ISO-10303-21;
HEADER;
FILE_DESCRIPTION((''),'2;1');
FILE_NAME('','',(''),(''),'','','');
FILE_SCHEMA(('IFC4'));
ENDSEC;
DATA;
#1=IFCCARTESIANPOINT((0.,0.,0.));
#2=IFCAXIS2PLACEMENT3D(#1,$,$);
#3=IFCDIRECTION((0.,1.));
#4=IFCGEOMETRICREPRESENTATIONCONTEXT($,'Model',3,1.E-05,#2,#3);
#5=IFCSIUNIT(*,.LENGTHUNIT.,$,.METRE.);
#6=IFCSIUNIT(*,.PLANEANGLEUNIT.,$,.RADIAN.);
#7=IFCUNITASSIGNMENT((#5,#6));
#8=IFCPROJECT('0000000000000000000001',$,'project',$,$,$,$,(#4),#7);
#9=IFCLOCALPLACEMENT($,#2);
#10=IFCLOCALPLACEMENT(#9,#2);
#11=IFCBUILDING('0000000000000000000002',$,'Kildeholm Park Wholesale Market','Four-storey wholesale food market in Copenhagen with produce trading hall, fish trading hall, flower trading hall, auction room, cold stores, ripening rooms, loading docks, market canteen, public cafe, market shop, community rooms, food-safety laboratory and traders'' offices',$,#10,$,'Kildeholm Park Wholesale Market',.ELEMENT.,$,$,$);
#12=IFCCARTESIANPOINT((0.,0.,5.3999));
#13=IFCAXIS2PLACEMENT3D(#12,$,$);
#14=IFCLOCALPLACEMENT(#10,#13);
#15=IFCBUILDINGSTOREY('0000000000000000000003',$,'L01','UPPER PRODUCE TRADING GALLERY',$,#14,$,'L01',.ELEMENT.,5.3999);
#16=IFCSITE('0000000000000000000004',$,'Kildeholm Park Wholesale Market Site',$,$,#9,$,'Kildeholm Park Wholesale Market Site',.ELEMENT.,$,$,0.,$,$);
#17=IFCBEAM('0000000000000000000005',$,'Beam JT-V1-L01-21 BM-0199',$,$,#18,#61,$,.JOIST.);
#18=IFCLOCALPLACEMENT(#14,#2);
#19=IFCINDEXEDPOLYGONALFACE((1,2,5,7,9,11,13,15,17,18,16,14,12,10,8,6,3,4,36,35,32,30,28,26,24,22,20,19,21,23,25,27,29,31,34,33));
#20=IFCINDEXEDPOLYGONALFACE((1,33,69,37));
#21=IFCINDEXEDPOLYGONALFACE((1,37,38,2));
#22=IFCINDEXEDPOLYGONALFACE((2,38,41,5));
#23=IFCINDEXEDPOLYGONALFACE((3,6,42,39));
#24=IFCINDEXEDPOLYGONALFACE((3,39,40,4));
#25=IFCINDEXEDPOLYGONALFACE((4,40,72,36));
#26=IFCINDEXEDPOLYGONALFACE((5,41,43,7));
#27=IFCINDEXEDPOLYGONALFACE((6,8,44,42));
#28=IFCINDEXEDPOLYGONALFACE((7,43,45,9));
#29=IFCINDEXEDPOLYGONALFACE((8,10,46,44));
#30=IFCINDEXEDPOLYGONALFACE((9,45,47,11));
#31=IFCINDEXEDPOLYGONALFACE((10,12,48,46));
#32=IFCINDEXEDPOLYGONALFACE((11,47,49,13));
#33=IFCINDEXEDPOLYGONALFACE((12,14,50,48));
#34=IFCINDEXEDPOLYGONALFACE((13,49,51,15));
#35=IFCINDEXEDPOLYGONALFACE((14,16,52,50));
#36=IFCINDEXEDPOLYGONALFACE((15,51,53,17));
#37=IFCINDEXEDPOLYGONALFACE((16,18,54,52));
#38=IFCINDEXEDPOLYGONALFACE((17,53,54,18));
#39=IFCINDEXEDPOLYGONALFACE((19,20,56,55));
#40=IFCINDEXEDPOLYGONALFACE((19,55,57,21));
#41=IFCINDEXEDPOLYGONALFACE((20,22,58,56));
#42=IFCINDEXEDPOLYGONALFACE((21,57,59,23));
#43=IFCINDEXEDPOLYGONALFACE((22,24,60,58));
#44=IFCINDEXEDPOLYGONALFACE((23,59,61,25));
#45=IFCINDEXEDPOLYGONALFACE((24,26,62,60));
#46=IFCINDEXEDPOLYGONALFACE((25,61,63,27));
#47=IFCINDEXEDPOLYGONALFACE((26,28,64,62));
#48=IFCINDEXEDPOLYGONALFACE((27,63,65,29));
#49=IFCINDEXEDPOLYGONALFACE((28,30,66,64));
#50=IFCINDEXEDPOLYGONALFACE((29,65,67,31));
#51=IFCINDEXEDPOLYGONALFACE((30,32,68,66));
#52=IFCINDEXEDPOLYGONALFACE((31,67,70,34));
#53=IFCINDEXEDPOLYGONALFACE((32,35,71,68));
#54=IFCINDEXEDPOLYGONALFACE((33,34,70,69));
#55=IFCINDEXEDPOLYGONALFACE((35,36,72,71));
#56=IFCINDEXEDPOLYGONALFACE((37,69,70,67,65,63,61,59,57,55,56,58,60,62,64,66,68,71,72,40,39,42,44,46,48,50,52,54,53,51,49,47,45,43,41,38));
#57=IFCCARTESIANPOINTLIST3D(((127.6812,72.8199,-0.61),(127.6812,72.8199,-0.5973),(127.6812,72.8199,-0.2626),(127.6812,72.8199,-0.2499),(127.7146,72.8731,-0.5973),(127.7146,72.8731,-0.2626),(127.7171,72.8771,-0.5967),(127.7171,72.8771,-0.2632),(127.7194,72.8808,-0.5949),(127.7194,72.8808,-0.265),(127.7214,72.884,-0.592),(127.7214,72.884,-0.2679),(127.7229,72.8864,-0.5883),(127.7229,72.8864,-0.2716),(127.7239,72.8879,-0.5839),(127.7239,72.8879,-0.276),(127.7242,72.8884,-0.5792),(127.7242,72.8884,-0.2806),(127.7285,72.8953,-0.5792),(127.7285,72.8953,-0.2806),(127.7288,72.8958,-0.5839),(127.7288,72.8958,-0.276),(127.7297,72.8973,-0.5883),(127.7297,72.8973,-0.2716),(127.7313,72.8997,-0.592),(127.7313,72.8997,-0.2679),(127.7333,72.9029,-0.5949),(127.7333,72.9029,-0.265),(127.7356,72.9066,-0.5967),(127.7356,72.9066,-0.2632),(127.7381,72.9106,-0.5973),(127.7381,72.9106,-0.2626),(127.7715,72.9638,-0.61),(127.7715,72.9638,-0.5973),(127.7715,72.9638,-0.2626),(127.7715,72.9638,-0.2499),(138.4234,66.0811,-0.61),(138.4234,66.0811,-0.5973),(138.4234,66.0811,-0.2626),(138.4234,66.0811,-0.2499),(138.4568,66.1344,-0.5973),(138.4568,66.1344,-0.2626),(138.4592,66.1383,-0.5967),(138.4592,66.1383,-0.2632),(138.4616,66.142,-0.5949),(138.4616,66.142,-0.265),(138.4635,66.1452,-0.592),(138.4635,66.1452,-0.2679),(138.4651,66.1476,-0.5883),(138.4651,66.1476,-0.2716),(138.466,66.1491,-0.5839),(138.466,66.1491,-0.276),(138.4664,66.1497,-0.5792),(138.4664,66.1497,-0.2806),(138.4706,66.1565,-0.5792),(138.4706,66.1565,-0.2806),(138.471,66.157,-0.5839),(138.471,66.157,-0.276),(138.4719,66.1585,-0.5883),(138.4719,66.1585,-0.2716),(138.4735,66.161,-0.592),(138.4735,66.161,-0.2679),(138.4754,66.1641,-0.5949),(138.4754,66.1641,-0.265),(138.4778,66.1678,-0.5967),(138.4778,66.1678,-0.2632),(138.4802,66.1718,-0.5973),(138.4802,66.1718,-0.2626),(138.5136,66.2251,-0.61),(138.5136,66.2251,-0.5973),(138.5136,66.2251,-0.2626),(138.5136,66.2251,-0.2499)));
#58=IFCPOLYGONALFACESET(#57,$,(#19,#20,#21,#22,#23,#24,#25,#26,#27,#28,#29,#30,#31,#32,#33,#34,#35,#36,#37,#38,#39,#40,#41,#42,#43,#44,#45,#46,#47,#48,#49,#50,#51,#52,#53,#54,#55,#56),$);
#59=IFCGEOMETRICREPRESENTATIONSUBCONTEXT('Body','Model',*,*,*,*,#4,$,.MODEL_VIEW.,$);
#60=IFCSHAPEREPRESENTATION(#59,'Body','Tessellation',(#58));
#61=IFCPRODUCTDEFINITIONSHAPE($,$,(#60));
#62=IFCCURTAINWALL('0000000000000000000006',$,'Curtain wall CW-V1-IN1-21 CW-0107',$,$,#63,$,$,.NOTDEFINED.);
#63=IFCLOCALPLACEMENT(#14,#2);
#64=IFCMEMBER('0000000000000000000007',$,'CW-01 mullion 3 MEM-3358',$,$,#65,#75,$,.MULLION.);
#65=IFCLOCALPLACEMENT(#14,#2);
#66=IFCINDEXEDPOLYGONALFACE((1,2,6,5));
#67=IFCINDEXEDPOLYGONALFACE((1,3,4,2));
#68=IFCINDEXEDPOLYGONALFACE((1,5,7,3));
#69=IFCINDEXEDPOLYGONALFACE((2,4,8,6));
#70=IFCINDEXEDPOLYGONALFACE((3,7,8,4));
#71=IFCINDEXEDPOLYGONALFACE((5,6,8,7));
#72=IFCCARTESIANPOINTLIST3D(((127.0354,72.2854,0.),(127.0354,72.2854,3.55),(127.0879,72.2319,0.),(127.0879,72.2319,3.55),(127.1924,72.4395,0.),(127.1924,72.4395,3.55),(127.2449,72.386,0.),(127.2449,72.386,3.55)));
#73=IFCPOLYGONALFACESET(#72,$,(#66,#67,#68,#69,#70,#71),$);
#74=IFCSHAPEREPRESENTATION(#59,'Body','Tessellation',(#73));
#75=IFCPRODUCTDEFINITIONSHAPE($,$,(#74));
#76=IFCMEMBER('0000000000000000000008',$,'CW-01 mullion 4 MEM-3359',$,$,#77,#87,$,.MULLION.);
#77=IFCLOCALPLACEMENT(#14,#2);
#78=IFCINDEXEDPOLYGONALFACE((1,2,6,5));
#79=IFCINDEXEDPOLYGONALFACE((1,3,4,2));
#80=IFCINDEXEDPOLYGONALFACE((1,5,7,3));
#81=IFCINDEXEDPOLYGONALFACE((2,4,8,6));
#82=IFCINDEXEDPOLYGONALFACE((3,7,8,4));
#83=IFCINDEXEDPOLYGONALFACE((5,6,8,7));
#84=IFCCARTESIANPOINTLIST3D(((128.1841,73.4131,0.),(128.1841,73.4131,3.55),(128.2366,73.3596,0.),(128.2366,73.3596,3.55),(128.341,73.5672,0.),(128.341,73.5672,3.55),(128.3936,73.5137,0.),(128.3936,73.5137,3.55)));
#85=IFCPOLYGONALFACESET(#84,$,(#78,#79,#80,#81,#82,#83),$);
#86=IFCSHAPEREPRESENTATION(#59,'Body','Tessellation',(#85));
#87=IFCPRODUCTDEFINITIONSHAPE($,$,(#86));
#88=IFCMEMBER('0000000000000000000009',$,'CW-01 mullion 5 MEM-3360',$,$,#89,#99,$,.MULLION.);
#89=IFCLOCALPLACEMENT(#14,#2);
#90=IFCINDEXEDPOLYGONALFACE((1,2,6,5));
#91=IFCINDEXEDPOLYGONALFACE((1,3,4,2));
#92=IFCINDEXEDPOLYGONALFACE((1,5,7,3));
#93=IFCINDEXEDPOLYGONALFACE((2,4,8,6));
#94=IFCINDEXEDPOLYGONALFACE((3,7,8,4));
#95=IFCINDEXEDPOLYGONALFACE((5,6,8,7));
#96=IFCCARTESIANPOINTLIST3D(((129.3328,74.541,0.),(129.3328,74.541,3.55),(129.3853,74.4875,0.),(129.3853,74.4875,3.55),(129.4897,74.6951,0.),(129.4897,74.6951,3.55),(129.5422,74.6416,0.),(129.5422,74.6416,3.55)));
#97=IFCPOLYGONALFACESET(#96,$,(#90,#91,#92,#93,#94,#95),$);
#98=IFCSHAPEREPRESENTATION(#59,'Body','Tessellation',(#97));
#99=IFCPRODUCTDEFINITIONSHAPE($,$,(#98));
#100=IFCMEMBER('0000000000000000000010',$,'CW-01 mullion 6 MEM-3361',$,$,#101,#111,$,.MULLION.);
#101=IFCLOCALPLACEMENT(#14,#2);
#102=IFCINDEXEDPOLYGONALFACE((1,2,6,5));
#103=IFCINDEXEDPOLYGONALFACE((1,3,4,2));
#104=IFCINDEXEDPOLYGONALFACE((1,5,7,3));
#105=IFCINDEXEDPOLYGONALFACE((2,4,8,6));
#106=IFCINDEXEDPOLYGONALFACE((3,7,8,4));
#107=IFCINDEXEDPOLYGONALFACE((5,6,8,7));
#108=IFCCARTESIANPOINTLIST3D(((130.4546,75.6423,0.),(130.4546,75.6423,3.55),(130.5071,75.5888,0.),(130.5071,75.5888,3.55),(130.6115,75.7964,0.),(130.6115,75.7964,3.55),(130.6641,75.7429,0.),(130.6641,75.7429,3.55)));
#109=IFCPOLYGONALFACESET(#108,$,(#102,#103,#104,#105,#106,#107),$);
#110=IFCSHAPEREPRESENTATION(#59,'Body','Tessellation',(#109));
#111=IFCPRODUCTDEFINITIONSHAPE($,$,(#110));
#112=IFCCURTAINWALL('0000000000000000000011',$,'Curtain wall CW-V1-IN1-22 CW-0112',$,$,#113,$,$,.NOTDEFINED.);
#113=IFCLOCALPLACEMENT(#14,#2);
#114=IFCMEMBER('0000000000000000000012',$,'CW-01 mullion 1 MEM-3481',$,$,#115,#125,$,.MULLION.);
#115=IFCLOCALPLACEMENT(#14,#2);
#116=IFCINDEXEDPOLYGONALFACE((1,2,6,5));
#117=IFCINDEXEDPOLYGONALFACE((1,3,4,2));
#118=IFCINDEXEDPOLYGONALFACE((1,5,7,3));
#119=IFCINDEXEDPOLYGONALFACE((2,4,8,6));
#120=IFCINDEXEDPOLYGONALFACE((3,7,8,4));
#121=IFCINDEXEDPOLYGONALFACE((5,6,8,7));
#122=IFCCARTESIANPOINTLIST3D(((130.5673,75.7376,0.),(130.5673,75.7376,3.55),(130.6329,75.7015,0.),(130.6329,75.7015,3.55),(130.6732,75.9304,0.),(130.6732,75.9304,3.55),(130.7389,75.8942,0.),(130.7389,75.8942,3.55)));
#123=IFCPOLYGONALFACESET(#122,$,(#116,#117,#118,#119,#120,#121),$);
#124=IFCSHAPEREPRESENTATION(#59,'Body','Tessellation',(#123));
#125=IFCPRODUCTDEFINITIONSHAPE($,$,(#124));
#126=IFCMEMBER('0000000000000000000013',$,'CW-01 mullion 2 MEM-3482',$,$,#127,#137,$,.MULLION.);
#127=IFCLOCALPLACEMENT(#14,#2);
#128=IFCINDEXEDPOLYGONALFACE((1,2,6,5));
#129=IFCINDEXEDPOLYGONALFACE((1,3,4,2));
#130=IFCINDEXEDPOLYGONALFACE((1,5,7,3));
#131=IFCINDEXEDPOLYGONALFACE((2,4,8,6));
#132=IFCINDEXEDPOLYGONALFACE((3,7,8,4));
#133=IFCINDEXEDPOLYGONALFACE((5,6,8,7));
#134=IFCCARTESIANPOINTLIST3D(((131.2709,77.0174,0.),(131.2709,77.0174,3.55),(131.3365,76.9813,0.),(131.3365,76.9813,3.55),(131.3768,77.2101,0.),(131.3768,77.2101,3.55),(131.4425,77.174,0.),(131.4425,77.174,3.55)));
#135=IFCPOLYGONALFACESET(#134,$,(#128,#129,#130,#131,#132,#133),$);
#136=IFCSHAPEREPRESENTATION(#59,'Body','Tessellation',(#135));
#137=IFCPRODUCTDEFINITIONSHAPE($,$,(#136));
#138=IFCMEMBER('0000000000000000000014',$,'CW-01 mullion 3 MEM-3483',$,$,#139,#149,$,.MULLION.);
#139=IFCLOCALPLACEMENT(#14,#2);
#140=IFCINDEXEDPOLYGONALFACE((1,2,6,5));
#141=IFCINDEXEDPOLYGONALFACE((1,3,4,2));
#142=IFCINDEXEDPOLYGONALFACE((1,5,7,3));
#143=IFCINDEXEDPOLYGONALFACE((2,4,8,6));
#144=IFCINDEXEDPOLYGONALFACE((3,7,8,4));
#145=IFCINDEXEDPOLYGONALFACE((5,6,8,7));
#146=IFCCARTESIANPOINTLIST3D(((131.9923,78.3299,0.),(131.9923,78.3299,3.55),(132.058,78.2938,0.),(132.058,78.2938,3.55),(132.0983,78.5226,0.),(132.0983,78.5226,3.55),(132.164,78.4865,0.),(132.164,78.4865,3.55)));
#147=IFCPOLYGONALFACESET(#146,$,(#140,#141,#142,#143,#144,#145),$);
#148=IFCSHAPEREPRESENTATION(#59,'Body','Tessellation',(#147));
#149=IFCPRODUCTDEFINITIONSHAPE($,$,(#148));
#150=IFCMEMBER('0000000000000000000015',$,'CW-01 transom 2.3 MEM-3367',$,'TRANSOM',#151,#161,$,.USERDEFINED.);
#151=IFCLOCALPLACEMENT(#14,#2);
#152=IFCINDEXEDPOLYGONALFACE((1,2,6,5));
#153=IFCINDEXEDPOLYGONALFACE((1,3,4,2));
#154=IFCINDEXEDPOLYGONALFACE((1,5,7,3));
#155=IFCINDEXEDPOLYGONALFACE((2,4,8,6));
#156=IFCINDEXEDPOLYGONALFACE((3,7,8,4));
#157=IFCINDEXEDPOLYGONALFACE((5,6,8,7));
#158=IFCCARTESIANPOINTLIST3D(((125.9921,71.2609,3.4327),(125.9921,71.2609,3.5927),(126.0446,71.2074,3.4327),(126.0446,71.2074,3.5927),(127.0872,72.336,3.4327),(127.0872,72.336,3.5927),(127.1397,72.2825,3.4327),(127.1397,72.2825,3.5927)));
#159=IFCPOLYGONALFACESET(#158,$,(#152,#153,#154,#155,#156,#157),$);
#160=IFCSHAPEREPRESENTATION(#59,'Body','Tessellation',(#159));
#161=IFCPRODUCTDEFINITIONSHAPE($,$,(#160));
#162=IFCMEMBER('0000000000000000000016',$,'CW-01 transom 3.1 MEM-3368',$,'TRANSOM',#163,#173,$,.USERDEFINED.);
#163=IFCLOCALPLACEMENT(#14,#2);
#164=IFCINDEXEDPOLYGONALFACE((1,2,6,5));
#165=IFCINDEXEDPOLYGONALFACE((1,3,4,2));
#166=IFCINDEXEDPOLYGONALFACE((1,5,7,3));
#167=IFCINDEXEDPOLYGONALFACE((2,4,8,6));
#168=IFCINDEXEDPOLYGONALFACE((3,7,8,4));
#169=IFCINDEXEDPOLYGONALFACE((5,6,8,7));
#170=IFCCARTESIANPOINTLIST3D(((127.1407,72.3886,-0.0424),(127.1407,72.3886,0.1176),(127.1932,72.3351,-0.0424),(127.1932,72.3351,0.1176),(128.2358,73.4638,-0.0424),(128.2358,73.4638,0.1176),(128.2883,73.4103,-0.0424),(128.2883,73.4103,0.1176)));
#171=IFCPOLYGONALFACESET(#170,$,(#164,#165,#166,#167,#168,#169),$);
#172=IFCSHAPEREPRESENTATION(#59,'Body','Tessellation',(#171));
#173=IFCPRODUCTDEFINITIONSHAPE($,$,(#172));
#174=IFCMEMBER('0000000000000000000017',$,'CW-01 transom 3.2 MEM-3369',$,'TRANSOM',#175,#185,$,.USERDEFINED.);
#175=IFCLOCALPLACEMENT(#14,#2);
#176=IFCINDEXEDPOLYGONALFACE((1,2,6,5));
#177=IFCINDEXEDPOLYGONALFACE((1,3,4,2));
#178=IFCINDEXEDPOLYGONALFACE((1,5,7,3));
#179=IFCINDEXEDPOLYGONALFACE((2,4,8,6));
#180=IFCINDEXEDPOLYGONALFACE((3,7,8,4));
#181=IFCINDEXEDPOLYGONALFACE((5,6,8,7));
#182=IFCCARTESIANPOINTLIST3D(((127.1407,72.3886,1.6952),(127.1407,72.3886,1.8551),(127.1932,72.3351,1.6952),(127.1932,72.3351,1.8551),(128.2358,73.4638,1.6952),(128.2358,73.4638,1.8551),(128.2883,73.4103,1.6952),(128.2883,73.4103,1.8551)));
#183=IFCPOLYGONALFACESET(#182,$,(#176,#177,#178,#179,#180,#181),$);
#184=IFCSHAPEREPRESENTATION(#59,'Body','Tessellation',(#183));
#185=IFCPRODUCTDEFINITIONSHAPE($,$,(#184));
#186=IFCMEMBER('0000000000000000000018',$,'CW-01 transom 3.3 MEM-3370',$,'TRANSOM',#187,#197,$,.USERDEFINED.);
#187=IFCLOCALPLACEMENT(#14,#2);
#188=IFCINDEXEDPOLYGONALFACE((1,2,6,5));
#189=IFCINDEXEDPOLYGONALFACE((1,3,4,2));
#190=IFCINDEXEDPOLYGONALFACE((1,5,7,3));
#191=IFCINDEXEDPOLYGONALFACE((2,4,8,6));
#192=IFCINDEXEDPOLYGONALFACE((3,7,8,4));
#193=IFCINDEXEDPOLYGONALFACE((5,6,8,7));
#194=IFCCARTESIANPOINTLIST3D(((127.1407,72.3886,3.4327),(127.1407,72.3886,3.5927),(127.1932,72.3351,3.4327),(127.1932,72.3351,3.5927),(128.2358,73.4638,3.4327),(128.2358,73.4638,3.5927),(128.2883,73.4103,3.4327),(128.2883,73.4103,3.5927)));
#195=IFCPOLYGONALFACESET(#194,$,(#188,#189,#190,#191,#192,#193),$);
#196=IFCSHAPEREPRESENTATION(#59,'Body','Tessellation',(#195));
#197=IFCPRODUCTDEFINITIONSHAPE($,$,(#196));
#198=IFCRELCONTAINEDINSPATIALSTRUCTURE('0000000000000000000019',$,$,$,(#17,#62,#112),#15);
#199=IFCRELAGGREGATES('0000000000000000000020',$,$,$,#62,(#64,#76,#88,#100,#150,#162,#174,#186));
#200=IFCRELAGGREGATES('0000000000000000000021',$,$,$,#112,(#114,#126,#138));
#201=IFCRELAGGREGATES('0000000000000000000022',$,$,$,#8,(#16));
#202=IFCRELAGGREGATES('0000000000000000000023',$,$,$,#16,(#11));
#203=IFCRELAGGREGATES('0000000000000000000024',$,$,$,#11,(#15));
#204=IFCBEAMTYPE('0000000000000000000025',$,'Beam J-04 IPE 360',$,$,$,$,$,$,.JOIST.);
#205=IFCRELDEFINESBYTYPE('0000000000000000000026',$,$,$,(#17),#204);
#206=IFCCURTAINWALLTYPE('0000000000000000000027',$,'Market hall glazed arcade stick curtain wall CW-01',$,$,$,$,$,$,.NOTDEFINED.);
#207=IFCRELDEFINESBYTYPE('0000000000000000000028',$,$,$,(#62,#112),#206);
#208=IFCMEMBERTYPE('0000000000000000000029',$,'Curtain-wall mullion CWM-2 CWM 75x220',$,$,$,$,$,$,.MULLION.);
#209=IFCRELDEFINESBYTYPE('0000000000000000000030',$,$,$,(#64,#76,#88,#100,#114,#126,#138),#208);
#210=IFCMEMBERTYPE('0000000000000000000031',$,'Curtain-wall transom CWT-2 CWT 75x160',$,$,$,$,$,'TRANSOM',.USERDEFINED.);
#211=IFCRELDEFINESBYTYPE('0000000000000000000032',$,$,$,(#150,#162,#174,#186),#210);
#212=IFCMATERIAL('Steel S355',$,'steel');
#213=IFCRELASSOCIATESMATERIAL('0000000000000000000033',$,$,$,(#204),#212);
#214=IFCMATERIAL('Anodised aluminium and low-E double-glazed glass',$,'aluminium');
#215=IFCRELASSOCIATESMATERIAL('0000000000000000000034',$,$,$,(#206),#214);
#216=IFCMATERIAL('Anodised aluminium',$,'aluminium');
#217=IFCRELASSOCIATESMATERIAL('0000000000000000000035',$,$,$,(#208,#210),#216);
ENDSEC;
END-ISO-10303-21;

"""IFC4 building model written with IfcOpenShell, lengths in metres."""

from ifc_helpers import new_model, si_unit, direction, frame, origin, origin_2d, place, context, subcontext, project, spatial, rectangle, i_section, extrude, material, material_profile, profile_set, type_object, element, aggregate, save


model = new_model("IFC4")

# Units and contexts
model_context = context("Model", 3, precision=1e-05, world=origin(), true_north=direction((0.0, 1.0)))
body_context = subcontext(model_context, "Body", "Model", "MODEL_VIEW")
ifc_project = project(units=[si_unit("LENGTHUNIT", "METRE"), si_unit("PLANEANGLEUNIT", "RADIAN")], contexts=[model_context])

# Site, building, storey
site_placement = place(None, origin())
site = spatial("IfcSite", under=ifc_project, at=site_placement, Name="Kildeholm Park Wholesale Market Site", LongName="Kildeholm Park Wholesale Market Site", CompositionType="ELEMENT", RefElevation=0.0)
building_placement = place(site_placement, origin())
building = spatial("IfcBuilding", under=site, at=building_placement, Name="Kildeholm Park Wholesale Market", Description="Four-storey wholesale food market in Copenhagen with produce trading hall, fish trading hall, flower trading hall, auction room, cold stores, ripening rooms, loading docks, market canteen, public cafe, market shop, community rooms, food-safety laboratory and traders' offices", LongName="Kildeholm Park Wholesale Market", CompositionType="ELEMENT")
storey_placement = place(building_placement, frame((0.0, 0.0, 5.3999)))
storey = spatial("IfcBuildingStorey", under=building, at=storey_placement, Name="L01", Description="UPPER PRODUCE TRADING GALLERY", LongName="L01", CompositionType="ELEMENT", Elevation=5.3999)

# Shared definitions
ifc_material_1 = material(Name="Steel S355", Category="steel")

# Beam
ifc_material_profile_1 = material_profile(ifc_material_1, i_section(OverallWidth=0.1699, OverallDepth=0.3601, WebThickness=0.0081, FlangeThickness=0.0127, FilletRadius=0.0181, at=origin_2d()), Name="IPE 360")
ifc_profile_set_1 = profile_set([ifc_material_profile_1], Name="Steel S355")
beam_type_1 = type_object("IfcBeamType", Name="Beam J-04 IPE 360", PredefinedType="JOIST", material=ifc_profile_set_1)
beam_1_placement = place(storey_placement, frame((127.7263, 72.8918, -0.4299), z_axis=(0.847115, -0.53141, 0.0), x_axis=(0.53141, 0.847115, 0.0)))
element("IfcBeam", 1, at=beam_1_placement, inside=storey, type_object=beam_type_1, Name="Beam JT-V1-L01-21 BM-0199", PredefinedType="JOIST", context=body_context, shape_type="SweptSolid", body=[
    extrude(i_section(OverallWidth=0.1699, OverallDepth=0.3601, WebThickness=0.0081, FlangeThickness=0.0127, FilletRadius=0.0181, at=origin_2d()), origin(), (0.0, 0.0, 1.0), 12.6809),
])

# Curtain walls, members
ifc_material_2 = material(Name="Anodised aluminium and low-E double-glazed glass", Category="aluminium")
curtain_wall_type = type_object("IfcCurtainWallType", Name="Market hall glazed arcade stick curtain wall CW-01", PredefinedType="NOTDEFINED", material=ifc_material_2)
curtain_wall_1_placement = place(storey_placement, origin())
curtain_wall_1 = element("IfcCurtainWall", 2, at=curtain_wall_1_placement, inside=storey, type_object=curtain_wall_type, Name="Curtain wall CW-V1-IN1-21 CW-0107", PredefinedType="NOTDEFINED")
ifc_material_3 = material(Name="Anodised aluminium", Category="aluminium")
ifc_material_profile_2 = material_profile(ifc_material_3, rectangle(XDim=0.075, YDim=0.22, at=origin_2d()), Name="CWM 75x220")
ifc_profile_set_2 = profile_set([ifc_material_profile_2], Name="Anodised aluminium")
member_type_1 = type_object("IfcMemberType", Name="Curtain-wall mullion CWM-2 CWM 75x220", PredefinedType="MULLION", material=ifc_profile_set_2)
member_1_placement = place(storey_placement, frame((127.1401, 72.3357, 0.0), z_axis=(0.0, 0.0, 1.0), x_axis=(-0.700617, 0.713538, 0.0)))
member_1 = element("IfcMember", 3, at=member_1_placement, type_object=member_type_1, Name="CW-01 mullion 3 MEM-3358", PredefinedType="MULLION", context=body_context, shape_type="SweptSolid", body=[
    extrude(rectangle(XDim=0.075, YDim=0.22, at=origin_2d()), origin(), (0.0, 0.0, 1.0), 3.55),
])
member_2_placement = place(storey_placement, frame((128.2888, 73.4634, 0.0), z_axis=(0.0, 0.0, 1.0), x_axis=(-0.700617, 0.713538, 0.0)))
member_2 = element("IfcMember", 4, at=member_2_placement, type_object=member_type_1, Name="CW-01 mullion 4 MEM-3359", PredefinedType="MULLION", context=body_context, shape_type="SweptSolid", body=[
    extrude(rectangle(XDim=0.075, YDim=0.22, at=origin_2d()), origin(), (0.0, 0.0, 1.0), 3.55),
])
member_3_placement = place(storey_placement, frame((129.4375, 74.5913, 0.0), z_axis=(0.0, 0.0, 1.0), x_axis=(-0.700617, 0.713538, 0.0)))
member_3 = element("IfcMember", 5, at=member_3_placement, type_object=member_type_1, Name="CW-01 mullion 5 MEM-3360", PredefinedType="MULLION", context=body_context, shape_type="SweptSolid", body=[
    extrude(rectangle(XDim=0.075, YDim=0.22, at=origin_2d()), origin(), (0.0, 0.0, 1.0), 3.55),
])
member_4_placement = place(storey_placement, frame((130.5593, 75.6926, 0.0), z_axis=(0.0, 0.0, 1.0), x_axis=(-0.700617, 0.713538, 0.0)))
member_4 = element("IfcMember", 6, at=member_4_placement, type_object=member_type_1, Name="CW-01 mullion 6 MEM-3361", PredefinedType="MULLION", context=body_context, shape_type="SweptSolid", body=[
    extrude(rectangle(XDim=0.075, YDim=0.22, at=origin_2d()), origin(), (0.0, 0.0, 1.0), 3.55),
])
curtain_wall_2_placement = place(storey_placement, origin())
curtain_wall_2 = element("IfcCurtainWall", 7, at=curtain_wall_2_placement, inside=storey, type_object=curtain_wall_type, Name="Curtain wall CW-V1-IN1-22 CW-0112", PredefinedType="NOTDEFINED")
member_5_placement = place(storey_placement, frame((130.6531, 75.8159, 0.0), z_axis=(0.0, 0.0, 1.0), x_axis=(-0.876309, 0.48175, 0.0)))
member_5 = element("IfcMember", 8, at=member_5_placement, type_object=member_type_1, Name="CW-01 mullion 1 MEM-3481", PredefinedType="MULLION", context=body_context, shape_type="SweptSolid", body=[
    extrude(rectangle(XDim=0.075, YDim=0.22, at=origin_2d()), origin(), (0.0, 0.0, 1.0), 3.55),
])
member_6_placement = place(storey_placement, frame((131.3567, 77.0957, 0.0), z_axis=(0.0, 0.0, 1.0), x_axis=(-0.876309, 0.48175, 0.0)))
member_6 = element("IfcMember", 9, at=member_6_placement, type_object=member_type_1, Name="CW-01 mullion 2 MEM-3482", PredefinedType="MULLION", context=body_context, shape_type="SweptSolid", body=[
    extrude(rectangle(XDim=0.075, YDim=0.22, at=origin_2d()), origin(), (0.0, 0.0, 1.0), 3.55),
])
member_7_placement = place(storey_placement, frame((132.0781, 78.4082, 0.0), z_axis=(0.0, 0.0, 1.0), x_axis=(-0.876309, 0.48175, 0.0)))
member_7 = element("IfcMember", 10, at=member_7_placement, type_object=member_type_1, Name="CW-01 mullion 3 MEM-3483", PredefinedType="MULLION", context=body_context, shape_type="SweptSolid", body=[
    extrude(rectangle(XDim=0.075, YDim=0.22, at=origin_2d()), origin(), (0.0, 0.0, 1.0), 3.55),
])

# Members
ifc_material_profile_3 = material_profile(ifc_material_3, rectangle(XDim=0.075, YDim=0.1599, at=origin_2d()), Name="CWT 75x160")
ifc_profile_set_3 = profile_set([ifc_material_profile_3], Name="Anodised aluminium")
member_type_2 = type_object("IfcMemberType", Name="Curtain-wall transom CWT-2 CWT 75x160", ElementType="TRANSOM", PredefinedType="USERDEFINED", material=ifc_profile_set_3)
member_8_placement = place(storey_placement, frame((126.0183, 71.2341, 3.5127), z_axis=(0.713599, 0.700555, 0.0), x_axis=(-0.700555, 0.713599, 0.0)))
member_8 = element("IfcMember", 11, at=member_8_placement, type_object=member_type_2, Name="CW-01 transom 2.3 MEM-3367", ObjectType="TRANSOM", PredefinedType="USERDEFINED", context=body_context, shape_type="SweptSolid", body=[
    extrude(rectangle(XDim=0.075, YDim=0.1599, at=origin_2d()), origin(), (0.0, 0.0, 1.0), 1.5347),
])
member_9_placement = place(storey_placement, frame((127.167, 72.3618, 0.0376), z_axis=(0.713521, 0.700634, 0.0), x_axis=(-0.700634, 0.713521, 0.0)))
member_9 = element("IfcMember", 12, at=member_9_placement, type_object=member_type_2, Name="CW-01 transom 3.1 MEM-3368", ObjectType="TRANSOM", PredefinedType="USERDEFINED", context=body_context, shape_type="SweptSolid", body=[
    extrude(rectangle(XDim=0.075, YDim=0.1599, at=origin_2d()), origin(), (0.0, 0.0, 1.0), 1.5347),
])
member_10_placement = place(storey_placement, frame((127.167, 72.3618, 1.7751), z_axis=(0.713521, 0.700634, 0.0), x_axis=(-0.700634, 0.713521, 0.0)))
member_10 = element("IfcMember", 13, at=member_10_placement, type_object=member_type_2, Name="CW-01 transom 3.2 MEM-3369", ObjectType="TRANSOM", PredefinedType="USERDEFINED", context=body_context, shape_type="SweptSolid", body=[
    extrude(rectangle(XDim=0.075, YDim=0.1599, at=origin_2d()), origin(), (0.0, 0.0, 1.0), 1.5347),
])
member_11_placement = place(storey_placement, frame((127.167, 72.3618, 3.5127), z_axis=(0.713521, 0.700634, 0.0), x_axis=(-0.700634, 0.713521, 0.0)))
member_11 = element("IfcMember", 14, at=member_11_placement, type_object=member_type_2, Name="CW-01 transom 3.3 MEM-3370", ObjectType="TRANSOM", PredefinedType="USERDEFINED", context=body_context, shape_type="SweptSolid", body=[
    extrude(rectangle(XDim=0.075, YDim=0.1599, at=origin_2d()), origin(), (0.0, 0.0, 1.0), 1.5347),
])

aggregate(curtain_wall_1, [member_1, member_2, member_3, member_4, member_8, member_9, member_10, member_11])
aggregate(curtain_wall_2, [member_5, member_6, member_7])

save(model, "model.ifc")
